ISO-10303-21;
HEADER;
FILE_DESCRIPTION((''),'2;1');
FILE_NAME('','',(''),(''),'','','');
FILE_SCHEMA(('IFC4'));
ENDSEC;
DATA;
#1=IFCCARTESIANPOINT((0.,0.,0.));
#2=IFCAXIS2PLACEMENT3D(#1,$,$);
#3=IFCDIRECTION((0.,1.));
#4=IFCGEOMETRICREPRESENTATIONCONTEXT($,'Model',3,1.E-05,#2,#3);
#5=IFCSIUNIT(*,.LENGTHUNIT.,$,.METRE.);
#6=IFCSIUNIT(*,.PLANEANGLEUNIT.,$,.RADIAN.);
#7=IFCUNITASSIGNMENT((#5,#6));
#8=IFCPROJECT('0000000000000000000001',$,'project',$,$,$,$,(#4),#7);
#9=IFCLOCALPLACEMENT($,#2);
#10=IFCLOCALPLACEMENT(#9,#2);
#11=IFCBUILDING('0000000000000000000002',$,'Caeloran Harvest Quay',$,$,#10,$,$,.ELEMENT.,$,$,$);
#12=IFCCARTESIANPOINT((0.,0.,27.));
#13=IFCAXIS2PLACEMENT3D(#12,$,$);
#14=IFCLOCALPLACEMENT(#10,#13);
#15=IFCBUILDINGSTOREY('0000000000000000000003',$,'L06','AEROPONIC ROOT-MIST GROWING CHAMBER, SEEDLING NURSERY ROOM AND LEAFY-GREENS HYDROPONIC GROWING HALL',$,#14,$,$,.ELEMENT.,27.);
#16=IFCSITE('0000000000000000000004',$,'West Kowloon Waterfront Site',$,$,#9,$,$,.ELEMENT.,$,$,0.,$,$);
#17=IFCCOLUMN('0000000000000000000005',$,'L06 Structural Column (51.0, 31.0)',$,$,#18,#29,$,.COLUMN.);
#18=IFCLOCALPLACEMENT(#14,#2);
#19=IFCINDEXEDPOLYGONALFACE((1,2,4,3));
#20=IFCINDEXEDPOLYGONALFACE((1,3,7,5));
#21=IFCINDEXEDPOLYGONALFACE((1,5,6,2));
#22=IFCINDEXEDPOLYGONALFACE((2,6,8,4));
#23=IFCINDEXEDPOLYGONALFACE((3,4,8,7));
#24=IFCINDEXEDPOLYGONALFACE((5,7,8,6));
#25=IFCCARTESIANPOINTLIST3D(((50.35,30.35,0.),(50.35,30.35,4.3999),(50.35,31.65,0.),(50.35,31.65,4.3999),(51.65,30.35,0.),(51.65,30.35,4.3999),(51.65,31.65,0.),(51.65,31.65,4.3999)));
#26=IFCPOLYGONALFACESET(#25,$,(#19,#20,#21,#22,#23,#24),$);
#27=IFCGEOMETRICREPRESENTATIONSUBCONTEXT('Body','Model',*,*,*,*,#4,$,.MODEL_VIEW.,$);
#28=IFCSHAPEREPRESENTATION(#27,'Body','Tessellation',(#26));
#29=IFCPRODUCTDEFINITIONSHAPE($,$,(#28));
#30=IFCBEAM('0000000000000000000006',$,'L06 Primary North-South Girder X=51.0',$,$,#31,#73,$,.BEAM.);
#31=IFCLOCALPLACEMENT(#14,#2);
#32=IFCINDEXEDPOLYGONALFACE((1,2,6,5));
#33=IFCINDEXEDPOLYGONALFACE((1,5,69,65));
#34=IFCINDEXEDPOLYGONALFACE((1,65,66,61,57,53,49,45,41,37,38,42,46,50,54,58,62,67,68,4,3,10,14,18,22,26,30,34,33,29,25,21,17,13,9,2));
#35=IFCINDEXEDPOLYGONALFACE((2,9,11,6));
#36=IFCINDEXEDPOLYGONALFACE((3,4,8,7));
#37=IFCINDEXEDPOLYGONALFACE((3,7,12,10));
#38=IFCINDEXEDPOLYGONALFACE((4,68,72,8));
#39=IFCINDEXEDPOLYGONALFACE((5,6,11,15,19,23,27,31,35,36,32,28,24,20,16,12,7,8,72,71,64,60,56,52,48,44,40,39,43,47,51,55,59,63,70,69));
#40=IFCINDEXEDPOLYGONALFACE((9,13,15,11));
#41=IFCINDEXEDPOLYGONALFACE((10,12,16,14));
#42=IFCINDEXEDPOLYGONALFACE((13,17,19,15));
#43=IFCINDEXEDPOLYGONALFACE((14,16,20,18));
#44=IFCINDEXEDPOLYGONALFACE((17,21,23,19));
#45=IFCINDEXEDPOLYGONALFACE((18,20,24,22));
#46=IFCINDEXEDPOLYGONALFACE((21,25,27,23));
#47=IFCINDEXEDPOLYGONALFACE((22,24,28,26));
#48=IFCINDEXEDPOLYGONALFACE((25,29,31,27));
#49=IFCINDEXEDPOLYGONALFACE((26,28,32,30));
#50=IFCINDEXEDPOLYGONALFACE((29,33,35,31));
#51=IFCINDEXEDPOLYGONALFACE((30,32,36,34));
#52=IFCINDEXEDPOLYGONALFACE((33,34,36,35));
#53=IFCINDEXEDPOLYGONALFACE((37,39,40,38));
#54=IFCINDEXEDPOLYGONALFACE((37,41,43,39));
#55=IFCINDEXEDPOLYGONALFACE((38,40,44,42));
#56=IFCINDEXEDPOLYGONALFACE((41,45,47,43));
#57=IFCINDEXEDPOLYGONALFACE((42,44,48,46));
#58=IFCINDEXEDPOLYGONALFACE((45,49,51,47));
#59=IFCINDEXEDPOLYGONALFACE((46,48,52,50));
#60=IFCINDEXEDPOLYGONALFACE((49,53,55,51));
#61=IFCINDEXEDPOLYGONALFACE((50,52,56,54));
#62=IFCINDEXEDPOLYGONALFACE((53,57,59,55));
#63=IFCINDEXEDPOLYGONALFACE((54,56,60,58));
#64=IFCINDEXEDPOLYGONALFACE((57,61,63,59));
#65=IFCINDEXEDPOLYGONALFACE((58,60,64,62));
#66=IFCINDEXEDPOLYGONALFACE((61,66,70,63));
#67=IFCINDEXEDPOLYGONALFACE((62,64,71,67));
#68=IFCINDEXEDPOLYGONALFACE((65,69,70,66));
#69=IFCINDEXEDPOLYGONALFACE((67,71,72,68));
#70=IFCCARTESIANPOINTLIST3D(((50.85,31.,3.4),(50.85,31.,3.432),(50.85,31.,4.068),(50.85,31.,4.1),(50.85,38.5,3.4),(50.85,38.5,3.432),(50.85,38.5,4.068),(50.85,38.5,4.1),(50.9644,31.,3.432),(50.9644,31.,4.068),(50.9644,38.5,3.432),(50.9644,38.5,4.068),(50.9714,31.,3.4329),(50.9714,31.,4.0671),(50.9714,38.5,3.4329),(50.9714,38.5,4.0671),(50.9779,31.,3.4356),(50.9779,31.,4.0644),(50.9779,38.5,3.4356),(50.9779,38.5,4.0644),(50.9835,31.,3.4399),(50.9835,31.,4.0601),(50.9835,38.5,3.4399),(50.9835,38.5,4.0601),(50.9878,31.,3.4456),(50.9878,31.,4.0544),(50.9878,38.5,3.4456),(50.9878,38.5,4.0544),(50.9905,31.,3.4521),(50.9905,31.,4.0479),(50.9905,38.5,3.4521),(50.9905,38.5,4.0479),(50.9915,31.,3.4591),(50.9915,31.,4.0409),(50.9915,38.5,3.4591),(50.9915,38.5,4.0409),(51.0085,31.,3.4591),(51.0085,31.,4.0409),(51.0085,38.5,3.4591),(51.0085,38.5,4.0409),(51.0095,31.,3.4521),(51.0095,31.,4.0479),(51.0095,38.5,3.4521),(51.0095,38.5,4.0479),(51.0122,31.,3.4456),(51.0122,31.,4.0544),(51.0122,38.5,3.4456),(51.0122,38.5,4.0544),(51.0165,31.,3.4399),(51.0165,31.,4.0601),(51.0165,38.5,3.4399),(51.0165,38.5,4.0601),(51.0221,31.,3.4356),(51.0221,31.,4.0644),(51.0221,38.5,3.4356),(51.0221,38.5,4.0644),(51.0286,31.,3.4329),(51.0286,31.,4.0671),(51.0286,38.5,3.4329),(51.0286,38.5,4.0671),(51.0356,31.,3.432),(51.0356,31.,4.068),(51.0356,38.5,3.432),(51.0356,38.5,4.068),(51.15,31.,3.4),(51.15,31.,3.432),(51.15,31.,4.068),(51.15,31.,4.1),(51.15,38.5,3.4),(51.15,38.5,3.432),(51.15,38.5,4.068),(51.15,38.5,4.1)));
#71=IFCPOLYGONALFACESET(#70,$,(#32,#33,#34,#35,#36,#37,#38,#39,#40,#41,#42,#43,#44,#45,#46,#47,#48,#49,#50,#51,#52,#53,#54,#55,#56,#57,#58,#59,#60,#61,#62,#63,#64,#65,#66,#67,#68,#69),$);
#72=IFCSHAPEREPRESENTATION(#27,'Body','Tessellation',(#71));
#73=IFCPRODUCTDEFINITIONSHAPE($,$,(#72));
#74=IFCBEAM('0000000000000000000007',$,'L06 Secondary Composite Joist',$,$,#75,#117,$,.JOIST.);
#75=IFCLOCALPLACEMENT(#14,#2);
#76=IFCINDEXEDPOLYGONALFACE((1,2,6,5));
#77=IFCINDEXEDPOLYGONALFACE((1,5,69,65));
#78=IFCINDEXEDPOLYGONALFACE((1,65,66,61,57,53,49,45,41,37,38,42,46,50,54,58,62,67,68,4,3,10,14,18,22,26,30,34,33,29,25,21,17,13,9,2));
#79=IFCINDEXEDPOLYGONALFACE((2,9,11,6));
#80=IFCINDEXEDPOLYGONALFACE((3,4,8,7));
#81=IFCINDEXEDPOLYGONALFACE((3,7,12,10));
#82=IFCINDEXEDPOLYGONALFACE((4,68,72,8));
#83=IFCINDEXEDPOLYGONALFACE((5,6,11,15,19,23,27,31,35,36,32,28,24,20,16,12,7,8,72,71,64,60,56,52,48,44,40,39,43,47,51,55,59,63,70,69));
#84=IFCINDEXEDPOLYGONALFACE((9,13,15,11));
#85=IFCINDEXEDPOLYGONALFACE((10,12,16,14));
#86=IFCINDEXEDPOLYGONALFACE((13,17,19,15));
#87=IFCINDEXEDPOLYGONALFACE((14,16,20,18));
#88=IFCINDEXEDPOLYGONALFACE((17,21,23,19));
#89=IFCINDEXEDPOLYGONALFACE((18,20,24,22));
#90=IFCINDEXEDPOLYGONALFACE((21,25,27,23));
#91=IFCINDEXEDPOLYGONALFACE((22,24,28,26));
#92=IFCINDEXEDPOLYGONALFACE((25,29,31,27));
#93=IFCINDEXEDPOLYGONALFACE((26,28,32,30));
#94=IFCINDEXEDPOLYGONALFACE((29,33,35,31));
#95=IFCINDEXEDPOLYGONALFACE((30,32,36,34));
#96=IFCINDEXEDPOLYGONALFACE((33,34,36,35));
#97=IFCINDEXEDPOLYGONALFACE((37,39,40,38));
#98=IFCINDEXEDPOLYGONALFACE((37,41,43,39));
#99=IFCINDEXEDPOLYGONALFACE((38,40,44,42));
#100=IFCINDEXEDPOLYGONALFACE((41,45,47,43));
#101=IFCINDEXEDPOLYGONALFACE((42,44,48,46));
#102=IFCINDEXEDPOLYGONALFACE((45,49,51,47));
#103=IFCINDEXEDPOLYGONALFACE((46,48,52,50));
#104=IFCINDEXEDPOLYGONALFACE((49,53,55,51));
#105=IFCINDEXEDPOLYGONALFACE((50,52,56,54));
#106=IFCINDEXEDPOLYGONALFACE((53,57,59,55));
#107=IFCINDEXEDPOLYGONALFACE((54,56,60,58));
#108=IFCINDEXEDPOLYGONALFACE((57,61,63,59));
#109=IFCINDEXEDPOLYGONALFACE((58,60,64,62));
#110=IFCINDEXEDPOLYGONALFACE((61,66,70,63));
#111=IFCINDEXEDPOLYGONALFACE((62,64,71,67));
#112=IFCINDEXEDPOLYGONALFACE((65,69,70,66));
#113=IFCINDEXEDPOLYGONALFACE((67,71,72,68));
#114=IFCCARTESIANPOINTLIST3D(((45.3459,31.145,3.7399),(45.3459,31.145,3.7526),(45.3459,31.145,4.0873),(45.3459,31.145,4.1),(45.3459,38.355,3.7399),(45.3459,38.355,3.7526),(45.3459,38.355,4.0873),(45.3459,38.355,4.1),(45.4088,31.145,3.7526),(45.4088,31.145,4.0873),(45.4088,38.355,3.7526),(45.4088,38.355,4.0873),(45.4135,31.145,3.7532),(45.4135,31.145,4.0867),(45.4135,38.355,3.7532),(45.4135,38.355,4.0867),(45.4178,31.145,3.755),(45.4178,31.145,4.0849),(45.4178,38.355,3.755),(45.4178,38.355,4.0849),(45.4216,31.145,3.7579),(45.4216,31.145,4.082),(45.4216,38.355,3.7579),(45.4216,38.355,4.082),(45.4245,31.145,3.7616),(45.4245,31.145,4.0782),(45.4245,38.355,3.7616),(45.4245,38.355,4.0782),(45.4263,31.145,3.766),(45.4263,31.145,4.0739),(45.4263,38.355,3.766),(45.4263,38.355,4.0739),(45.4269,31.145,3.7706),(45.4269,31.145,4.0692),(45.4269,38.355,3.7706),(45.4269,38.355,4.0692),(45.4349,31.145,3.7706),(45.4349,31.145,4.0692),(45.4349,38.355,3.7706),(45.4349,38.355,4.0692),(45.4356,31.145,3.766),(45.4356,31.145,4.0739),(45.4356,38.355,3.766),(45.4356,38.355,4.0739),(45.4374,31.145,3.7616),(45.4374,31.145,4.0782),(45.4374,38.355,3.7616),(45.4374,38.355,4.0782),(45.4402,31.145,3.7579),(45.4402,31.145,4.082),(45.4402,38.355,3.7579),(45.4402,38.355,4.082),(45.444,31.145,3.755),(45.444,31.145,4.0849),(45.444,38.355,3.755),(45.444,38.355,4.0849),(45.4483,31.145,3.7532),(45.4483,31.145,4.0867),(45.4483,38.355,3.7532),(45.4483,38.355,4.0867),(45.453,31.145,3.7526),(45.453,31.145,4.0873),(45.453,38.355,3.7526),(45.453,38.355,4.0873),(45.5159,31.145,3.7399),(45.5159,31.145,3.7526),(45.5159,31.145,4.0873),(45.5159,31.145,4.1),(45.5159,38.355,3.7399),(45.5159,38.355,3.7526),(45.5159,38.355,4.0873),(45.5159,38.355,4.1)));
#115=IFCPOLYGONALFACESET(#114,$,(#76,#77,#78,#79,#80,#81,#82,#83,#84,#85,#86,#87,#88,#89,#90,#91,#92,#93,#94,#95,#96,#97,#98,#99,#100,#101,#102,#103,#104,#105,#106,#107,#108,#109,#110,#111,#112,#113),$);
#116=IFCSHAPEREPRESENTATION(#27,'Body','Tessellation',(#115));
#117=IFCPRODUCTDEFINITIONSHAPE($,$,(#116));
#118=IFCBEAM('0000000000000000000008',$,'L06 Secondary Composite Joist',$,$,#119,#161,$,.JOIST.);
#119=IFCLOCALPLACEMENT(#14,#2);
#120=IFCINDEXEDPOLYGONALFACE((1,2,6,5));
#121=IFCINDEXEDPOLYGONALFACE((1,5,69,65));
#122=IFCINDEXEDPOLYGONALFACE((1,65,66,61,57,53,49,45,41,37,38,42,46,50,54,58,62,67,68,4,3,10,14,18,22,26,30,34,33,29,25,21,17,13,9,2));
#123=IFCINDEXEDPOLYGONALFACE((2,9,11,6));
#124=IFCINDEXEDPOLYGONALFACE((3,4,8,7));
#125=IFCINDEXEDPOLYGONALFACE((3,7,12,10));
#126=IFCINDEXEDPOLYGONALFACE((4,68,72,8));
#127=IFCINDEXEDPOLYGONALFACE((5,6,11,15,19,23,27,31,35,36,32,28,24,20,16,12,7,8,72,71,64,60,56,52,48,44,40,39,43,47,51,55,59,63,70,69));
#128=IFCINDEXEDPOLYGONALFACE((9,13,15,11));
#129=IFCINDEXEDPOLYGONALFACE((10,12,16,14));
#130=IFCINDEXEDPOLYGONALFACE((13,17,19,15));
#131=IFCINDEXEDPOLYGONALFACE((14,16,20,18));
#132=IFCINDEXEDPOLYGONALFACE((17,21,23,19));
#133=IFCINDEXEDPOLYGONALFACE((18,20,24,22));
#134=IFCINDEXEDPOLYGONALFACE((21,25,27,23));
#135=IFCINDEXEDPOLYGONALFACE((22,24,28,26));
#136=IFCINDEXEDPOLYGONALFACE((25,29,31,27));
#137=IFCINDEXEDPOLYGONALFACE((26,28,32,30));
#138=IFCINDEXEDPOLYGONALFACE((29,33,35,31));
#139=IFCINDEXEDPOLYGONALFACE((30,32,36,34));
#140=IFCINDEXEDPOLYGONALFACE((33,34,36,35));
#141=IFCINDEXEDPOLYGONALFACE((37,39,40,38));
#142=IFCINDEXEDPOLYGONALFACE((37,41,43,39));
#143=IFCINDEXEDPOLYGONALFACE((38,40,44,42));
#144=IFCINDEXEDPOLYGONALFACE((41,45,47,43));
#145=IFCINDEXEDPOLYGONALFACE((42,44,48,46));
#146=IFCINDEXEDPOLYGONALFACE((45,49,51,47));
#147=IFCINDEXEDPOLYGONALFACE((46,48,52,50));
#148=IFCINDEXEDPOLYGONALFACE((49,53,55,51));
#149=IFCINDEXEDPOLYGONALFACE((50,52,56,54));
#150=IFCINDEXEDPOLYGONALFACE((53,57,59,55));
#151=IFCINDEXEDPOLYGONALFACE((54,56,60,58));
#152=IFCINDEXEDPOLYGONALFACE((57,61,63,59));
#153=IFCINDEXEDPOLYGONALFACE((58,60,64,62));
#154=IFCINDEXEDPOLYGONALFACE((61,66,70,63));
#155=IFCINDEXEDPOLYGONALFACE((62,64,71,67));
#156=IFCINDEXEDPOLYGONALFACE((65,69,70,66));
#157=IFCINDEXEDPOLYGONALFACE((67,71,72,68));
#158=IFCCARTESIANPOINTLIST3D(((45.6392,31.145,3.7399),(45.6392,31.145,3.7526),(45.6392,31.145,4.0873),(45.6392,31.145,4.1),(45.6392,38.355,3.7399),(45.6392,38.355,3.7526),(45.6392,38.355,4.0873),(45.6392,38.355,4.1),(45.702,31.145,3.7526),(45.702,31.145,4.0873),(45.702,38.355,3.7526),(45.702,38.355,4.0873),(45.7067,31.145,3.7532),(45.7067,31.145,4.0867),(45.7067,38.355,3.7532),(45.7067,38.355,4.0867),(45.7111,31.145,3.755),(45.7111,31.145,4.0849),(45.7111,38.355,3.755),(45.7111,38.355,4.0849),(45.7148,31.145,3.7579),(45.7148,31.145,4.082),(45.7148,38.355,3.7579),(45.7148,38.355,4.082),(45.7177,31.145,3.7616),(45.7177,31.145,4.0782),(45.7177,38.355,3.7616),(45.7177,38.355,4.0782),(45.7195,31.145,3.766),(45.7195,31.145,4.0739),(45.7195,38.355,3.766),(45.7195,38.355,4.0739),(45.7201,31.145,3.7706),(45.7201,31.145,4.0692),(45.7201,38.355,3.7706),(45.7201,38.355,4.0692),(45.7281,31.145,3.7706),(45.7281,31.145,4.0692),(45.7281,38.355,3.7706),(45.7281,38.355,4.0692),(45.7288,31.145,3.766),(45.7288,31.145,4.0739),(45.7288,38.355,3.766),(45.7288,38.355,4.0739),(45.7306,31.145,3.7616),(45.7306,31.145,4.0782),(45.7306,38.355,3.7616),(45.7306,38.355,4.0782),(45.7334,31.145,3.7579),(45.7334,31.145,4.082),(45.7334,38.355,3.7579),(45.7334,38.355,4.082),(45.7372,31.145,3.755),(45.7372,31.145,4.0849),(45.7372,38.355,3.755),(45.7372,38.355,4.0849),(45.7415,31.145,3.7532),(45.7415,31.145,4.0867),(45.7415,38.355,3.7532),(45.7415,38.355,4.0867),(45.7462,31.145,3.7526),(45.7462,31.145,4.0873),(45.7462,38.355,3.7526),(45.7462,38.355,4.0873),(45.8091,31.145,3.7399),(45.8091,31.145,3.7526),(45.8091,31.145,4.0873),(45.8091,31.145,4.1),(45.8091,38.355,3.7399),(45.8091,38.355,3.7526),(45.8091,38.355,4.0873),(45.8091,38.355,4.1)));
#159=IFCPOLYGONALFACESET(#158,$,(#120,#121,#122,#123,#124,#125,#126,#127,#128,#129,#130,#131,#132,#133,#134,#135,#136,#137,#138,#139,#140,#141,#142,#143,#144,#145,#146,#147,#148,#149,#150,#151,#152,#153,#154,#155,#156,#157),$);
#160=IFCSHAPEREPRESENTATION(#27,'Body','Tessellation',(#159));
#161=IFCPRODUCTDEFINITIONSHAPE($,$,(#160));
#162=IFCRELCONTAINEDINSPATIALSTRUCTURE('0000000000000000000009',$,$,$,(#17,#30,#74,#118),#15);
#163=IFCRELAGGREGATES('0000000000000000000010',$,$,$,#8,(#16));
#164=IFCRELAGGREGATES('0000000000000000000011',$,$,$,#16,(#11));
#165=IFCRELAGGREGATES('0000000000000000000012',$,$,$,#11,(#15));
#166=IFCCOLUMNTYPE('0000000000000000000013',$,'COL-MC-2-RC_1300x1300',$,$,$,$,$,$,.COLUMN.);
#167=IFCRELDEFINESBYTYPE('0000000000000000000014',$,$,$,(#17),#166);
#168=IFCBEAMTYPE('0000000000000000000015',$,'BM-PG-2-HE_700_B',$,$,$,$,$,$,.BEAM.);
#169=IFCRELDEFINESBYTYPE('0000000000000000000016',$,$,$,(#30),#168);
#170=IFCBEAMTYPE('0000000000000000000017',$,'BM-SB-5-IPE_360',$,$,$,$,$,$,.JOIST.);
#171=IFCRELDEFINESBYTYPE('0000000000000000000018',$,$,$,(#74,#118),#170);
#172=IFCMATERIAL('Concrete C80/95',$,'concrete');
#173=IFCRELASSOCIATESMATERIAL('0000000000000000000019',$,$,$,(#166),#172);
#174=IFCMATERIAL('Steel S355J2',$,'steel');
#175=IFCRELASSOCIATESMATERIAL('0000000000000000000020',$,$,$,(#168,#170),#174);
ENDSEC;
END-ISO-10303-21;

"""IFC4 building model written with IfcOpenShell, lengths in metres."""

from ifc_helpers import new_model, si_unit, direction, frame, origin, origin_2d, place, context, subcontext, project, spatial, rectangle, i_section, extrude, material, material_profile, profile_set, type_object, element, save


model = new_model("IFC4")

# Units and contexts
model_context = context("Model", 3, precision=1e-05, world=origin(), true_north=direction((0.0, 1.0)))
body_context = subcontext(model_context, "Body", "Model", "MODEL_VIEW")
ifc_project = project(units=[si_unit("LENGTHUNIT", "METRE"), si_unit("PLANEANGLEUNIT", "RADIAN")], contexts=[model_context])

# Site, building, storey
site_placement = place(None, origin())
site = spatial("IfcSite", under=ifc_project, at=site_placement, Name="West Kowloon Waterfront Site", CompositionType="ELEMENT", RefElevation=0.0)
building_placement = place(site_placement, origin())
building = spatial("IfcBuilding", under=site, at=building_placement, Name="Caeloran Harvest Quay", CompositionType="ELEMENT")
storey_placement = place(building_placement, frame((0.0, 0.0, 27.0)))
storey = spatial("IfcBuildingStorey", under=building, at=storey_placement, Name="L06", Description="AEROPONIC ROOT-MIST GROWING CHAMBER, SEEDLING NURSERY ROOM AND LEAFY-GREENS HYDROPONIC GROWING HALL", CompositionType="ELEMENT", Elevation=27.0)

# Column
ifc_material_1 = material(Name="Concrete C80/95", Category="concrete")
ifc_material_profile_1 = material_profile(ifc_material_1, rectangle(XDim=1.3, YDim=1.3, at=origin_2d()), Name="RC 1300x1300")
ifc_profile_set_1 = profile_set([ifc_material_profile_1], Name="Concrete C80/95")
column_type = type_object("IfcColumnType", Name="COL-MC-2-RC_1300x1300", PredefinedType="COLUMN", material=ifc_profile_set_1)
column_placement = place(storey_placement, frame((51.0, 31.0, 0.0), z_axis=(0.0, 0.0, 1.0), x_axis=(1.0, 0.0, 0.0)))
element("IfcColumn", 1, at=column_placement, inside=storey, type_object=column_type, Name="L06 Structural Column (51.0, 31.0)", PredefinedType="COLUMN", context=body_context, shape_type="SweptSolid", body=[
    extrude(rectangle(XDim=1.3, YDim=1.3, at=origin_2d()), origin(), (0.0, 0.0, 1.0), 4.3999),
])

# Beams
ifc_material_2 = material(Name="Steel S355J2", Category="steel")
ifc_material_profile_2 = material_profile(ifc_material_2, i_section(OverallWidth=0.3, OverallDepth=0.7, WebThickness=0.0171, FlangeThickness=0.032, FilletRadius=0.0271, at=origin_2d()), Name="HE 700 B")
ifc_profile_set_2 = profile_set([ifc_material_profile_2], Name="Steel S355J2")
beam_type_1 = type_object("IfcBeamType", Name="BM-PG-2-HE_700_B", PredefinedType="BEAM", material=ifc_profile_set_2)
beam_placement = place(storey_placement, frame((51.0, 31.0, 3.75), z_axis=(0.0, 1.0, 0.0), x_axis=(-1.0, 0.0, 0.0)))
element("IfcBeam", 2, at=beam_placement, inside=storey, type_object=beam_type_1, Name="L06 Primary North-South Girder X=51.0", PredefinedType="BEAM", context=body_context, shape_type="SweptSolid", body=[
    extrude(i_section(OverallWidth=0.3, OverallDepth=0.7, WebThickness=0.0171, FlangeThickness=0.032, FilletRadius=0.0271, at=origin_2d()), origin(), (0.0, 0.0, 1.0), 7.5),
])
ifc_material_profile_3 = material_profile(ifc_material_2, i_section(OverallWidth=0.1699, OverallDepth=0.3601, WebThickness=0.0081, FlangeThickness=0.0127, FilletRadius=0.0181, at=origin_2d()), Name="IPE 360")
ifc_profile_set_3 = profile_set([ifc_material_profile_3], Name="Steel S355J2")
beam_type_2 = type_object("IfcBeamType", Name="BM-SB-5-IPE_360", PredefinedType="JOIST", material=ifc_profile_set_3)
for number, where, z_axis, x_axis, name in (
    (3, (45.4309, 31.145, 3.9199), (0.0, 1.0, 0.0), (-1.0, 0.0, 0.0), "L06 Secondary Composite Joist"),
    (4, (45.7241, 31.145, 3.9199), (0.0, 1.0, 0.0), (-1.0, 0.0, 0.0), "L06 Secondary Composite Joist"),
):
    element("IfcBeam", number, at=place(storey_placement, frame(where, z_axis=z_axis, x_axis=x_axis)), inside=storey, type_object=beam_type_2, Name=name, PredefinedType="JOIST", context=body_context, shape_type="SweptSolid", body=[
        extrude(i_section(OverallWidth=0.1699, OverallDepth=0.3601, WebThickness=0.0081, FlangeThickness=0.0127, FilletRadius=0.0181, at=origin_2d()), origin(), (0.0, 0.0, 1.0), 7.21),
    ])

save(model, "model.ifc")
